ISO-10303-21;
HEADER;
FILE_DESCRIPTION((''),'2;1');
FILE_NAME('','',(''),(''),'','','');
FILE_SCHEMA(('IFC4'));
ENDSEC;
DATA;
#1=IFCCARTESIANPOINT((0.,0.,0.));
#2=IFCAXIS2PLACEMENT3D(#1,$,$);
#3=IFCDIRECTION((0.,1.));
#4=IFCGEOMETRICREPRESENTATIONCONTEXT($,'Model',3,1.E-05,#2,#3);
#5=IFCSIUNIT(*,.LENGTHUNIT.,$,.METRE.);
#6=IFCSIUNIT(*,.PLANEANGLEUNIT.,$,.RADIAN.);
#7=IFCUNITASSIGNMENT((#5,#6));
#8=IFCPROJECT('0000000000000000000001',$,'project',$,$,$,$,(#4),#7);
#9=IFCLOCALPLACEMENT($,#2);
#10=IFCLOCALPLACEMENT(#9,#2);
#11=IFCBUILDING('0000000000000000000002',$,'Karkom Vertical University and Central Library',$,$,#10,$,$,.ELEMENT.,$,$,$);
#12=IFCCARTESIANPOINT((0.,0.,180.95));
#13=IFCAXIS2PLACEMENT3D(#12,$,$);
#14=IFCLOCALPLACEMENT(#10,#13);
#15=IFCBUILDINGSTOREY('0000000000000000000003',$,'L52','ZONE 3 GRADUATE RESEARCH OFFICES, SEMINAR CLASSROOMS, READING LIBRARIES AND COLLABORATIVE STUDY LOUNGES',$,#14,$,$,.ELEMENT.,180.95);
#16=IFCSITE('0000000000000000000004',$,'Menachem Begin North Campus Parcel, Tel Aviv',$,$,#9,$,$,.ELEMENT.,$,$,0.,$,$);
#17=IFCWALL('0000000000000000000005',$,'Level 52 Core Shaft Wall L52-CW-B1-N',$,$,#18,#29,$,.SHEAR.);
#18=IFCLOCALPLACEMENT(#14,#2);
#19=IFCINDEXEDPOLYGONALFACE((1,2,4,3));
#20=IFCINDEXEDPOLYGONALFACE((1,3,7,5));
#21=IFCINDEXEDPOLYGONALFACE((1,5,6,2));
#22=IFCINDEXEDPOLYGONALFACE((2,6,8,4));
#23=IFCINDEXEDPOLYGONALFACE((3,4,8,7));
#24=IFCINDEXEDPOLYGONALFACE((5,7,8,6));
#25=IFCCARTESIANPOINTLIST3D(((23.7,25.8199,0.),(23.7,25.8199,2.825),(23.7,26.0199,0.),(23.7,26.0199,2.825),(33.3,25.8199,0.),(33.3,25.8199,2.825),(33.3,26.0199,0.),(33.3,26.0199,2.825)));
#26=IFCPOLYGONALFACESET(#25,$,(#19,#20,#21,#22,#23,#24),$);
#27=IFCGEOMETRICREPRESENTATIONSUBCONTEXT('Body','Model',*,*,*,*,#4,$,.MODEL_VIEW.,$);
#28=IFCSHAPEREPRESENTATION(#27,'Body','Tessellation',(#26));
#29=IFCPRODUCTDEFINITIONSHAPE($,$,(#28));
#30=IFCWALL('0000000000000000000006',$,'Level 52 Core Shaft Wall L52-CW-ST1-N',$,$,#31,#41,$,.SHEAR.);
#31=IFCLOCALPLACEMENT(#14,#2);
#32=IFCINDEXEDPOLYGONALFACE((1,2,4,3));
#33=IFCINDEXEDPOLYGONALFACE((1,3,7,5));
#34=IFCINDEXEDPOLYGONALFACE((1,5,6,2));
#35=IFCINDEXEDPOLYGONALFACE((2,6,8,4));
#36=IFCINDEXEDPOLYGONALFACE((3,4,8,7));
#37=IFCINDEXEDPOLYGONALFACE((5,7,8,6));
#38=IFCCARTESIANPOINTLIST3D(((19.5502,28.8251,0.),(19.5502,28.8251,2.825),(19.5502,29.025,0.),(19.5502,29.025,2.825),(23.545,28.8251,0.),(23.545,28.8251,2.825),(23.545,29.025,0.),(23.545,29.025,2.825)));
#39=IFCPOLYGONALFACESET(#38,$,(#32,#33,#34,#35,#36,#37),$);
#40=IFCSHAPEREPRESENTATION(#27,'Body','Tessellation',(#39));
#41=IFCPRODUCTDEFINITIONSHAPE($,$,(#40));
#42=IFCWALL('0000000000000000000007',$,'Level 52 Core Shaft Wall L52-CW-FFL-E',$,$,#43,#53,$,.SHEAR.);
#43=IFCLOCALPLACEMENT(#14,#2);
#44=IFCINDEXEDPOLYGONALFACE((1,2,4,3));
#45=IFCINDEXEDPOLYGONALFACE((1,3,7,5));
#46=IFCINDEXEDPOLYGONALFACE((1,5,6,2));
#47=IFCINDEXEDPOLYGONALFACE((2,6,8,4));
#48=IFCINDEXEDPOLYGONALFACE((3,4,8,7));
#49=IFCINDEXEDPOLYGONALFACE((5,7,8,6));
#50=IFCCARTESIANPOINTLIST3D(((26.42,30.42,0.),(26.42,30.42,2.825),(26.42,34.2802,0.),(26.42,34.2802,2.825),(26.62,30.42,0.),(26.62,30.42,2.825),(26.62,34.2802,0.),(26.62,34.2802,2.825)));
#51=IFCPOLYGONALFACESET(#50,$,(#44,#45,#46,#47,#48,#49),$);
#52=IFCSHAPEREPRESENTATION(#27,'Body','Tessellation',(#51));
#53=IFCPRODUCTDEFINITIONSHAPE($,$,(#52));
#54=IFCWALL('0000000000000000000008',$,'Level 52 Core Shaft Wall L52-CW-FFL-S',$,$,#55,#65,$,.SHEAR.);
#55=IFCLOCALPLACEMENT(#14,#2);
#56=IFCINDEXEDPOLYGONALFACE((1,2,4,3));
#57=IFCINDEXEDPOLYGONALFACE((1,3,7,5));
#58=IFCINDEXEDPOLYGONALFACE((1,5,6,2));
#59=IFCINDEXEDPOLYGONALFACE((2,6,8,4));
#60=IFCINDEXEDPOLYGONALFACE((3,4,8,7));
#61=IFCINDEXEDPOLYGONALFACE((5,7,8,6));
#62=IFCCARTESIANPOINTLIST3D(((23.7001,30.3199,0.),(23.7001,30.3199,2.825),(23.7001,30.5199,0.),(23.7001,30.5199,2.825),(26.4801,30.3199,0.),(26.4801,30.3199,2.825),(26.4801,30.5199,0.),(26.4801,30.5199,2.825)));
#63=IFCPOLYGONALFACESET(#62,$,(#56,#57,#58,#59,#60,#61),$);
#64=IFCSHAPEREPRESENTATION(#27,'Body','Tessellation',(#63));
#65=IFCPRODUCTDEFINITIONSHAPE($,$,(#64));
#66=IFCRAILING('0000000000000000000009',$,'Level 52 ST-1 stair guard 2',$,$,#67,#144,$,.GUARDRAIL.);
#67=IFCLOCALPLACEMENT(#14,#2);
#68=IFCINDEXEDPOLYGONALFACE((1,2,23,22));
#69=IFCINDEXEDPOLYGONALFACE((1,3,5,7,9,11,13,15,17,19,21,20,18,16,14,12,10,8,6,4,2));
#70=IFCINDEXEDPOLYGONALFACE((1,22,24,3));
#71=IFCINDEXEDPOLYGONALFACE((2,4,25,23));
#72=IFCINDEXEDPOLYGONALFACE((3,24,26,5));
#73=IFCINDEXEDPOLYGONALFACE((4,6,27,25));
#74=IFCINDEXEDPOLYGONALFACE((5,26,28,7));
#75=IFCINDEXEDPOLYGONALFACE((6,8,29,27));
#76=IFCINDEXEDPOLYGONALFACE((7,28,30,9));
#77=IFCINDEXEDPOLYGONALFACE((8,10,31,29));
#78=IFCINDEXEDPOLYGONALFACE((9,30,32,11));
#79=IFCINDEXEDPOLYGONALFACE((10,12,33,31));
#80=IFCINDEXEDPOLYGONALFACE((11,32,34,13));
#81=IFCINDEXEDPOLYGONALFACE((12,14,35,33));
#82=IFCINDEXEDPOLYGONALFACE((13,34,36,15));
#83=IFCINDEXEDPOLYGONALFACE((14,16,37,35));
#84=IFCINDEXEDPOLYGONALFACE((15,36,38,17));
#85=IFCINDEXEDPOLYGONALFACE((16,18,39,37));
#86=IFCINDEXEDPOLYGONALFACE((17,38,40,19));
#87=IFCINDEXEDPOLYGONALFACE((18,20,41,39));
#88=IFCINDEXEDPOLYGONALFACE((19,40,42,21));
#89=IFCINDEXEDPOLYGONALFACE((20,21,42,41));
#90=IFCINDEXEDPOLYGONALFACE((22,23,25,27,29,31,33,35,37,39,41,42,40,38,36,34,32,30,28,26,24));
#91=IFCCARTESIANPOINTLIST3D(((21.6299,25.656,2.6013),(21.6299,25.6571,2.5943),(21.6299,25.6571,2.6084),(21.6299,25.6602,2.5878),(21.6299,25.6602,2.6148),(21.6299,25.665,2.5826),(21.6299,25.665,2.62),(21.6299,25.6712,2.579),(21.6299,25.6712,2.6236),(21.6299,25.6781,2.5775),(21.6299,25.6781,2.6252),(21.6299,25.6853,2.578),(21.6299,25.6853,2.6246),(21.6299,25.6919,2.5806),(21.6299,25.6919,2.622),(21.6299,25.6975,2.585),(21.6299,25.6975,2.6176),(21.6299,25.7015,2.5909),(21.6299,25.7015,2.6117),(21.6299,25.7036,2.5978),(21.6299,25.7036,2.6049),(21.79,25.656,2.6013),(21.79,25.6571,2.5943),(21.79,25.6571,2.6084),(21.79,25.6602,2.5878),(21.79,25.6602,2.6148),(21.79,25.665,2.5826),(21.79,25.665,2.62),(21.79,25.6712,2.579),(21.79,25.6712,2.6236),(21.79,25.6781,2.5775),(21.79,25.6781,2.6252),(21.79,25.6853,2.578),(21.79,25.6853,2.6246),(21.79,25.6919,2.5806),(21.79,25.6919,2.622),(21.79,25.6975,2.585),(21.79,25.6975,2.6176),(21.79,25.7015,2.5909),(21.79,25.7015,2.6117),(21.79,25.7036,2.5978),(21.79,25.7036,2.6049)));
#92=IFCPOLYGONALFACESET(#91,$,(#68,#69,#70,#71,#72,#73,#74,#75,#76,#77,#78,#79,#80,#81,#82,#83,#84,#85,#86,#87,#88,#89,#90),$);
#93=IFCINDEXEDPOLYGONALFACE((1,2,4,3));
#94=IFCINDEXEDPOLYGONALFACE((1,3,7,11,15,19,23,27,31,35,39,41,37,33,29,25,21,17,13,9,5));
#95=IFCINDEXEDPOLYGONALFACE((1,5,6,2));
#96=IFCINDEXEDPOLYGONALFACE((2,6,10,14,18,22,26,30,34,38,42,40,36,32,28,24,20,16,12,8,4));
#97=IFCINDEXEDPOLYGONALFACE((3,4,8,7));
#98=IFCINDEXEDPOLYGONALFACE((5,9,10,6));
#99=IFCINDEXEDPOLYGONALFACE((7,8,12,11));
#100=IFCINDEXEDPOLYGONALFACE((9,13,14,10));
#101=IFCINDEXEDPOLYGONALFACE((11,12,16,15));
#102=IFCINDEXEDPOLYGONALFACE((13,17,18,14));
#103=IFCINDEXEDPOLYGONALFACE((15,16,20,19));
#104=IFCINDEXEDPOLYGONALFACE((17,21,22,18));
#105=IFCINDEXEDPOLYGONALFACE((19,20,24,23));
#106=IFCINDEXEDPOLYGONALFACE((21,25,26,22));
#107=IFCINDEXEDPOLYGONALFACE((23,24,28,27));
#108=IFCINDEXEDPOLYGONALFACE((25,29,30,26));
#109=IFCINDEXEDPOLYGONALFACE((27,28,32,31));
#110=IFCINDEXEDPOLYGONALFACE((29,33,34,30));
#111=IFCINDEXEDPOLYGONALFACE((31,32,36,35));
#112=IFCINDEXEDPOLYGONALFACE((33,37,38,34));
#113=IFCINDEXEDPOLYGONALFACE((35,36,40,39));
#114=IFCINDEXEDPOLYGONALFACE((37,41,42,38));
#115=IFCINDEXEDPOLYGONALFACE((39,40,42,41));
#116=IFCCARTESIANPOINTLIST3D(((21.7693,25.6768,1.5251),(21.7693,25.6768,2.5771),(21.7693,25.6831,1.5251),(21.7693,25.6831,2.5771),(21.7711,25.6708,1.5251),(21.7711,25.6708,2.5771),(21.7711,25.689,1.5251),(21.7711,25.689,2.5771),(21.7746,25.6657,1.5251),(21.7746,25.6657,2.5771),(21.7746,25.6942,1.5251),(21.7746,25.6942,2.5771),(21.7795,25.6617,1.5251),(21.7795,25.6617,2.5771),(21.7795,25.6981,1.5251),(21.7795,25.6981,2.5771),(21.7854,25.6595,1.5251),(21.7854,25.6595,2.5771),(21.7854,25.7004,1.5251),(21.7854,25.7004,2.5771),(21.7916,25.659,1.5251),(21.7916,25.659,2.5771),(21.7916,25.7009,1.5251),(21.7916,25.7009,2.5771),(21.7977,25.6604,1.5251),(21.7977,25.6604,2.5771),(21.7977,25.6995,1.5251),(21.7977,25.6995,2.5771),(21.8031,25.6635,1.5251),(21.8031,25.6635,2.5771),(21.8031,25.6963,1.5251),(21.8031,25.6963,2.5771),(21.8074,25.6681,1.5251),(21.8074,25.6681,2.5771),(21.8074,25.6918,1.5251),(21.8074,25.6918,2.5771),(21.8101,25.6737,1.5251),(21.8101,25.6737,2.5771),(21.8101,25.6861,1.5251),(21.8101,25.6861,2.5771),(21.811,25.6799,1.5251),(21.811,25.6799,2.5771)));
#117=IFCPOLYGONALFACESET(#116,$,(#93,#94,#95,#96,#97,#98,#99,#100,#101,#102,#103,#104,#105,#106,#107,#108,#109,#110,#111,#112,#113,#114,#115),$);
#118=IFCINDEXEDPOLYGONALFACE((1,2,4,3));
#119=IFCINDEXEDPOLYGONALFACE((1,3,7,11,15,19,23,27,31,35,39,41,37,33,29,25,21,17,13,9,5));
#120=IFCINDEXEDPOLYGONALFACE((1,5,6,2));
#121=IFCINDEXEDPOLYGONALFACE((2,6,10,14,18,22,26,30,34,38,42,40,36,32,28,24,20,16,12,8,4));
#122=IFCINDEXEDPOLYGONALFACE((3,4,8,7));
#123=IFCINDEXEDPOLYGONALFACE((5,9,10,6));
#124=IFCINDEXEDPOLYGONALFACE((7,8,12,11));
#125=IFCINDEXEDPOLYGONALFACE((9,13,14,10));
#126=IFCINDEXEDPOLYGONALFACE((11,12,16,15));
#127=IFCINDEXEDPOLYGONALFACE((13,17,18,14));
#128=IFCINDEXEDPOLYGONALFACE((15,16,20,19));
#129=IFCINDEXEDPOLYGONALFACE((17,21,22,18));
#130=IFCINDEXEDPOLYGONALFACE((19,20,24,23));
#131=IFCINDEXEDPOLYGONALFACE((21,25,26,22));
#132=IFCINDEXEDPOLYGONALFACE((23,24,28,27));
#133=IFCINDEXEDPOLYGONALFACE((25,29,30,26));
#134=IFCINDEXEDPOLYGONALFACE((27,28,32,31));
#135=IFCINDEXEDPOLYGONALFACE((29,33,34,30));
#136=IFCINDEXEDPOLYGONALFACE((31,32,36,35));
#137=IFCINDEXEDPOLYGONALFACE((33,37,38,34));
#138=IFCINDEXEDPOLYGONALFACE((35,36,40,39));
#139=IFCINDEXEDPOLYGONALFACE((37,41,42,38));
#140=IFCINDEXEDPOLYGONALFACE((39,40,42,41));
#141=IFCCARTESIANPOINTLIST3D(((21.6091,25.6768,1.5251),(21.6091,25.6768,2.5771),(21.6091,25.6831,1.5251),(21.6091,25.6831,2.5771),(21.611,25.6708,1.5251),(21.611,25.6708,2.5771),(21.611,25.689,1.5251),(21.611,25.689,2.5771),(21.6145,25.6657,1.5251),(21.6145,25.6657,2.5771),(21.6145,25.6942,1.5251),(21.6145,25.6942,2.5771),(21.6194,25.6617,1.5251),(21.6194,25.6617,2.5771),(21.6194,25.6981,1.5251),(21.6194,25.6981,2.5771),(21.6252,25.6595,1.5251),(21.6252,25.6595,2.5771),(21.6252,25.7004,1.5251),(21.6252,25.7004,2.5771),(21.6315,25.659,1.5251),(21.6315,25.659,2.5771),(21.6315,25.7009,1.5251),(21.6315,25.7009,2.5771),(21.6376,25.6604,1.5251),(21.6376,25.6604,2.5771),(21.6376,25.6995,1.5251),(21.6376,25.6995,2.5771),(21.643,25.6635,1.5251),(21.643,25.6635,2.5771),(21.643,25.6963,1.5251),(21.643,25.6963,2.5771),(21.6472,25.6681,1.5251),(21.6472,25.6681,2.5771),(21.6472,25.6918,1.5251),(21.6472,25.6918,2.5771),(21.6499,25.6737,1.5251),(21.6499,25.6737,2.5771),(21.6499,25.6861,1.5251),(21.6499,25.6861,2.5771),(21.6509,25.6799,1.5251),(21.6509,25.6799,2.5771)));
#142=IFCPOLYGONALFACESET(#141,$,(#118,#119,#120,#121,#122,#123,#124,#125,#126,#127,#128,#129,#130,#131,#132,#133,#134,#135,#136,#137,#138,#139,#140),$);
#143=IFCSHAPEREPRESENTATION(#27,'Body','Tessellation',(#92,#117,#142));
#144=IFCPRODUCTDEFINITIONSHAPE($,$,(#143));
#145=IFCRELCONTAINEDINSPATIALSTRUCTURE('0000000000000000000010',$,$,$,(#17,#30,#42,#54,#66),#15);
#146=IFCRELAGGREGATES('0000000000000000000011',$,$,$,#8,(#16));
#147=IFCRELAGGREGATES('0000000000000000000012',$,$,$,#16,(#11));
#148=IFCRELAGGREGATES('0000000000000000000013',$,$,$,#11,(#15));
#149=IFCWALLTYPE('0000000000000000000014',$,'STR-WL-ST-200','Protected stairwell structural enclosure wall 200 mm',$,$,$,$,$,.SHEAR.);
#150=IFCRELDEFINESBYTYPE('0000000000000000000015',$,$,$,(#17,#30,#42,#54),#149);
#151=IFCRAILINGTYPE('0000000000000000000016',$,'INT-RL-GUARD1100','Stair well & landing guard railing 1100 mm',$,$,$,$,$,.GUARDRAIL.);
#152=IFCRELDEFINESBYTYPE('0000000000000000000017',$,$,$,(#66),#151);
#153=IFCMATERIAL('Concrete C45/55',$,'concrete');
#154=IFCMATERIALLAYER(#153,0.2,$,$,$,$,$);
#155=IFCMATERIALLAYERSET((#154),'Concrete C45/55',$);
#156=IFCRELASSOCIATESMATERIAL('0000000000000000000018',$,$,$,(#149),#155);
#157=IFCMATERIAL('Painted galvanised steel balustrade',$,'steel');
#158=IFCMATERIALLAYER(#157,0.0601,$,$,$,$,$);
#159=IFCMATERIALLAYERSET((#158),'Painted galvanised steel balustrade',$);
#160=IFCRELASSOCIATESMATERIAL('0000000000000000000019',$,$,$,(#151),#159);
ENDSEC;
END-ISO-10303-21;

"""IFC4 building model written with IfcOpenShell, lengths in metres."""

from ifc_helpers import new_model, si_unit, direction, frame, frame_2d, origin, origin_2d, place, context, subcontext, project, spatial, rectangle, circle, extrude, material, layer, layer_set, type_object, element, save


model = new_model("IFC4")

# Units and contexts
model_context = context("Model", 3, precision=1e-05, world=origin(), true_north=direction((0.0, 1.0)))
body_context = subcontext(model_context, "Body", "Model", "MODEL_VIEW")
ifc_project = project(units=[si_unit("LENGTHUNIT", "METRE"), si_unit("PLANEANGLEUNIT", "RADIAN")], contexts=[model_context])

# Site, building, storey
site_placement = place(None, origin())
site = spatial("IfcSite", under=ifc_project, at=site_placement, Name="Menachem Begin North Campus Parcel, Tel Aviv", CompositionType="ELEMENT", RefElevation=0.0)
building_placement = place(site_placement, origin())
building = spatial("IfcBuilding", under=site, at=building_placement, Name="Karkom Vertical University and Central Library", CompositionType="ELEMENT")
storey_placement = place(building_placement, frame((0.0, 0.0, 180.95)))
storey = spatial("IfcBuildingStorey", under=building, at=storey_placement, Name="L52", Description="ZONE 3 GRADUATE RESEARCH OFFICES, SEMINAR CLASSROOMS, READING LIBRARIES AND COLLABORATIVE STUDY LOUNGES", CompositionType="ELEMENT", Elevation=180.95)

# Wall
ifc_material_1 = material(Name="Concrete C45/55", Category="concrete")
ifc_layer_1 = layer(ifc_material_1, 0.2)
ifc_layer_set_1 = layer_set([ifc_layer_1], Name="Concrete C45/55")
wall_type_1 = type_object("IfcWallType", Name="STR-WL-ST-200", Description="Protected stairwell structural enclosure wall 200 mm", PredefinedType="SHEAR", material=ifc_layer_set_1)
wall_1_placement = place(storey_placement, frame((23.7, 25.9199, 0.0), z_axis=(0.0, 0.0, 1.0), x_axis=(1.0, 0.0, 0.0)))
element("IfcWall", 1, at=wall_1_placement, inside=storey, type_object=wall_type_1, Name="Level 52 Core Shaft Wall L52-CW-B1-N", PredefinedType="SHEAR", context=body_context, shape_type="SweptSolid", body=[
    extrude(rectangle(XDim=9.6001, YDim=0.2, at=frame_2d((4.8, 0.0))), origin(), (0.0, 0.0, 1.0), 2.825),
])

# Walls
wall_2_placement = place(storey_placement, frame((19.55, 28.925, 0.0), z_axis=(0.0, 0.0, 1.0), x_axis=(1.0, 0.0, 0.0)))
element("IfcWall", 2, at=wall_2_placement, inside=storey, type_object=wall_type_1, Name="Level 52 Core Shaft Wall L52-CW-ST1-N", PredefinedType="SHEAR", context=body_context, shape_type="SweptSolid", body=[
    extrude(rectangle(XDim=3.9949, YDim=0.2, at=frame_2d((1.9976, 0.0))), origin(), (0.0, 0.0, 1.0), 2.825),
])
wall_3_placement = place(storey_placement, frame((26.52, 30.4199, 0.0), z_axis=(0.0, 0.0, 1.0), x_axis=(0.0, 1.0, 0.0)))
element("IfcWall", 3, at=wall_3_placement, inside=storey, type_object=wall_type_1, Name="Level 52 Core Shaft Wall L52-CW-FFL-E", PredefinedType="SHEAR", context=body_context, shape_type="SweptSolid", body=[
    extrude(rectangle(XDim=3.8601, YDim=0.2, at=frame_2d((1.9302, 0.0))), origin(), (0.0, 0.0, 1.0), 2.825),
])
wall_4_placement = place(storey_placement, frame((23.7, 30.4199, 0.0), z_axis=(0.0, 0.0, 1.0), x_axis=(1.0, 0.0, 0.0)))
element("IfcWall", 4, at=wall_4_placement, inside=storey, type_object=wall_type_1, Name="Level 52 Core Shaft Wall L52-CW-FFL-S", PredefinedType="SHEAR", context=body_context, shape_type="SweptSolid", body=[
    extrude(rectangle(XDim=2.78, YDim=0.2, at=frame_2d((1.3901, 0.0))), origin(), (0.0, 0.0, 1.0), 2.825),
])

# Railing
ifc_material_2 = material(Name="Painted galvanised steel balustrade", Category="steel")
ifc_layer_2 = layer(ifc_material_2, 0.0601)
ifc_layer_set_2 = layer_set([ifc_layer_2], Name="Painted galvanised steel balustrade")
railing_type_1 = type_object("IfcRailingType", Name="INT-RL-GUARD1100", Description="Stair well & landing guard railing 1100 mm", PredefinedType="GUARDRAIL", material=ifc_layer_set_2)
railing_1_placement = place(storey_placement, frame((21.79, 25.6799, 1.5251)))
element("IfcRailing", 5, at=railing_1_placement, inside=storey, type_object=railing_type_1, Name="Level 52 ST-1 stair guard 2", PredefinedType="GUARDRAIL", context=body_context, shape_type="SweptSolid", body=[
    extrude(circle(Radius=0.0239, at=origin_2d()), frame((0.0, 0.0, 1.0762), z_axis=(-1.0, 0.0, 0.0), x_axis=(0.0, -1.0, 0.0)), (0.0, 0.0, 1.0), 0.1602),
    extrude(circle(Radius=0.021, at=origin_2d()), origin(), (0.0, 0.0, 1.0), 1.052),
    extrude(circle(Radius=0.021, at=origin_2d()), frame((-0.1602, 0.0, 0.0)), (0.0, 0.0, 1.0), 1.052),
])

save(model, "model.ifc")
